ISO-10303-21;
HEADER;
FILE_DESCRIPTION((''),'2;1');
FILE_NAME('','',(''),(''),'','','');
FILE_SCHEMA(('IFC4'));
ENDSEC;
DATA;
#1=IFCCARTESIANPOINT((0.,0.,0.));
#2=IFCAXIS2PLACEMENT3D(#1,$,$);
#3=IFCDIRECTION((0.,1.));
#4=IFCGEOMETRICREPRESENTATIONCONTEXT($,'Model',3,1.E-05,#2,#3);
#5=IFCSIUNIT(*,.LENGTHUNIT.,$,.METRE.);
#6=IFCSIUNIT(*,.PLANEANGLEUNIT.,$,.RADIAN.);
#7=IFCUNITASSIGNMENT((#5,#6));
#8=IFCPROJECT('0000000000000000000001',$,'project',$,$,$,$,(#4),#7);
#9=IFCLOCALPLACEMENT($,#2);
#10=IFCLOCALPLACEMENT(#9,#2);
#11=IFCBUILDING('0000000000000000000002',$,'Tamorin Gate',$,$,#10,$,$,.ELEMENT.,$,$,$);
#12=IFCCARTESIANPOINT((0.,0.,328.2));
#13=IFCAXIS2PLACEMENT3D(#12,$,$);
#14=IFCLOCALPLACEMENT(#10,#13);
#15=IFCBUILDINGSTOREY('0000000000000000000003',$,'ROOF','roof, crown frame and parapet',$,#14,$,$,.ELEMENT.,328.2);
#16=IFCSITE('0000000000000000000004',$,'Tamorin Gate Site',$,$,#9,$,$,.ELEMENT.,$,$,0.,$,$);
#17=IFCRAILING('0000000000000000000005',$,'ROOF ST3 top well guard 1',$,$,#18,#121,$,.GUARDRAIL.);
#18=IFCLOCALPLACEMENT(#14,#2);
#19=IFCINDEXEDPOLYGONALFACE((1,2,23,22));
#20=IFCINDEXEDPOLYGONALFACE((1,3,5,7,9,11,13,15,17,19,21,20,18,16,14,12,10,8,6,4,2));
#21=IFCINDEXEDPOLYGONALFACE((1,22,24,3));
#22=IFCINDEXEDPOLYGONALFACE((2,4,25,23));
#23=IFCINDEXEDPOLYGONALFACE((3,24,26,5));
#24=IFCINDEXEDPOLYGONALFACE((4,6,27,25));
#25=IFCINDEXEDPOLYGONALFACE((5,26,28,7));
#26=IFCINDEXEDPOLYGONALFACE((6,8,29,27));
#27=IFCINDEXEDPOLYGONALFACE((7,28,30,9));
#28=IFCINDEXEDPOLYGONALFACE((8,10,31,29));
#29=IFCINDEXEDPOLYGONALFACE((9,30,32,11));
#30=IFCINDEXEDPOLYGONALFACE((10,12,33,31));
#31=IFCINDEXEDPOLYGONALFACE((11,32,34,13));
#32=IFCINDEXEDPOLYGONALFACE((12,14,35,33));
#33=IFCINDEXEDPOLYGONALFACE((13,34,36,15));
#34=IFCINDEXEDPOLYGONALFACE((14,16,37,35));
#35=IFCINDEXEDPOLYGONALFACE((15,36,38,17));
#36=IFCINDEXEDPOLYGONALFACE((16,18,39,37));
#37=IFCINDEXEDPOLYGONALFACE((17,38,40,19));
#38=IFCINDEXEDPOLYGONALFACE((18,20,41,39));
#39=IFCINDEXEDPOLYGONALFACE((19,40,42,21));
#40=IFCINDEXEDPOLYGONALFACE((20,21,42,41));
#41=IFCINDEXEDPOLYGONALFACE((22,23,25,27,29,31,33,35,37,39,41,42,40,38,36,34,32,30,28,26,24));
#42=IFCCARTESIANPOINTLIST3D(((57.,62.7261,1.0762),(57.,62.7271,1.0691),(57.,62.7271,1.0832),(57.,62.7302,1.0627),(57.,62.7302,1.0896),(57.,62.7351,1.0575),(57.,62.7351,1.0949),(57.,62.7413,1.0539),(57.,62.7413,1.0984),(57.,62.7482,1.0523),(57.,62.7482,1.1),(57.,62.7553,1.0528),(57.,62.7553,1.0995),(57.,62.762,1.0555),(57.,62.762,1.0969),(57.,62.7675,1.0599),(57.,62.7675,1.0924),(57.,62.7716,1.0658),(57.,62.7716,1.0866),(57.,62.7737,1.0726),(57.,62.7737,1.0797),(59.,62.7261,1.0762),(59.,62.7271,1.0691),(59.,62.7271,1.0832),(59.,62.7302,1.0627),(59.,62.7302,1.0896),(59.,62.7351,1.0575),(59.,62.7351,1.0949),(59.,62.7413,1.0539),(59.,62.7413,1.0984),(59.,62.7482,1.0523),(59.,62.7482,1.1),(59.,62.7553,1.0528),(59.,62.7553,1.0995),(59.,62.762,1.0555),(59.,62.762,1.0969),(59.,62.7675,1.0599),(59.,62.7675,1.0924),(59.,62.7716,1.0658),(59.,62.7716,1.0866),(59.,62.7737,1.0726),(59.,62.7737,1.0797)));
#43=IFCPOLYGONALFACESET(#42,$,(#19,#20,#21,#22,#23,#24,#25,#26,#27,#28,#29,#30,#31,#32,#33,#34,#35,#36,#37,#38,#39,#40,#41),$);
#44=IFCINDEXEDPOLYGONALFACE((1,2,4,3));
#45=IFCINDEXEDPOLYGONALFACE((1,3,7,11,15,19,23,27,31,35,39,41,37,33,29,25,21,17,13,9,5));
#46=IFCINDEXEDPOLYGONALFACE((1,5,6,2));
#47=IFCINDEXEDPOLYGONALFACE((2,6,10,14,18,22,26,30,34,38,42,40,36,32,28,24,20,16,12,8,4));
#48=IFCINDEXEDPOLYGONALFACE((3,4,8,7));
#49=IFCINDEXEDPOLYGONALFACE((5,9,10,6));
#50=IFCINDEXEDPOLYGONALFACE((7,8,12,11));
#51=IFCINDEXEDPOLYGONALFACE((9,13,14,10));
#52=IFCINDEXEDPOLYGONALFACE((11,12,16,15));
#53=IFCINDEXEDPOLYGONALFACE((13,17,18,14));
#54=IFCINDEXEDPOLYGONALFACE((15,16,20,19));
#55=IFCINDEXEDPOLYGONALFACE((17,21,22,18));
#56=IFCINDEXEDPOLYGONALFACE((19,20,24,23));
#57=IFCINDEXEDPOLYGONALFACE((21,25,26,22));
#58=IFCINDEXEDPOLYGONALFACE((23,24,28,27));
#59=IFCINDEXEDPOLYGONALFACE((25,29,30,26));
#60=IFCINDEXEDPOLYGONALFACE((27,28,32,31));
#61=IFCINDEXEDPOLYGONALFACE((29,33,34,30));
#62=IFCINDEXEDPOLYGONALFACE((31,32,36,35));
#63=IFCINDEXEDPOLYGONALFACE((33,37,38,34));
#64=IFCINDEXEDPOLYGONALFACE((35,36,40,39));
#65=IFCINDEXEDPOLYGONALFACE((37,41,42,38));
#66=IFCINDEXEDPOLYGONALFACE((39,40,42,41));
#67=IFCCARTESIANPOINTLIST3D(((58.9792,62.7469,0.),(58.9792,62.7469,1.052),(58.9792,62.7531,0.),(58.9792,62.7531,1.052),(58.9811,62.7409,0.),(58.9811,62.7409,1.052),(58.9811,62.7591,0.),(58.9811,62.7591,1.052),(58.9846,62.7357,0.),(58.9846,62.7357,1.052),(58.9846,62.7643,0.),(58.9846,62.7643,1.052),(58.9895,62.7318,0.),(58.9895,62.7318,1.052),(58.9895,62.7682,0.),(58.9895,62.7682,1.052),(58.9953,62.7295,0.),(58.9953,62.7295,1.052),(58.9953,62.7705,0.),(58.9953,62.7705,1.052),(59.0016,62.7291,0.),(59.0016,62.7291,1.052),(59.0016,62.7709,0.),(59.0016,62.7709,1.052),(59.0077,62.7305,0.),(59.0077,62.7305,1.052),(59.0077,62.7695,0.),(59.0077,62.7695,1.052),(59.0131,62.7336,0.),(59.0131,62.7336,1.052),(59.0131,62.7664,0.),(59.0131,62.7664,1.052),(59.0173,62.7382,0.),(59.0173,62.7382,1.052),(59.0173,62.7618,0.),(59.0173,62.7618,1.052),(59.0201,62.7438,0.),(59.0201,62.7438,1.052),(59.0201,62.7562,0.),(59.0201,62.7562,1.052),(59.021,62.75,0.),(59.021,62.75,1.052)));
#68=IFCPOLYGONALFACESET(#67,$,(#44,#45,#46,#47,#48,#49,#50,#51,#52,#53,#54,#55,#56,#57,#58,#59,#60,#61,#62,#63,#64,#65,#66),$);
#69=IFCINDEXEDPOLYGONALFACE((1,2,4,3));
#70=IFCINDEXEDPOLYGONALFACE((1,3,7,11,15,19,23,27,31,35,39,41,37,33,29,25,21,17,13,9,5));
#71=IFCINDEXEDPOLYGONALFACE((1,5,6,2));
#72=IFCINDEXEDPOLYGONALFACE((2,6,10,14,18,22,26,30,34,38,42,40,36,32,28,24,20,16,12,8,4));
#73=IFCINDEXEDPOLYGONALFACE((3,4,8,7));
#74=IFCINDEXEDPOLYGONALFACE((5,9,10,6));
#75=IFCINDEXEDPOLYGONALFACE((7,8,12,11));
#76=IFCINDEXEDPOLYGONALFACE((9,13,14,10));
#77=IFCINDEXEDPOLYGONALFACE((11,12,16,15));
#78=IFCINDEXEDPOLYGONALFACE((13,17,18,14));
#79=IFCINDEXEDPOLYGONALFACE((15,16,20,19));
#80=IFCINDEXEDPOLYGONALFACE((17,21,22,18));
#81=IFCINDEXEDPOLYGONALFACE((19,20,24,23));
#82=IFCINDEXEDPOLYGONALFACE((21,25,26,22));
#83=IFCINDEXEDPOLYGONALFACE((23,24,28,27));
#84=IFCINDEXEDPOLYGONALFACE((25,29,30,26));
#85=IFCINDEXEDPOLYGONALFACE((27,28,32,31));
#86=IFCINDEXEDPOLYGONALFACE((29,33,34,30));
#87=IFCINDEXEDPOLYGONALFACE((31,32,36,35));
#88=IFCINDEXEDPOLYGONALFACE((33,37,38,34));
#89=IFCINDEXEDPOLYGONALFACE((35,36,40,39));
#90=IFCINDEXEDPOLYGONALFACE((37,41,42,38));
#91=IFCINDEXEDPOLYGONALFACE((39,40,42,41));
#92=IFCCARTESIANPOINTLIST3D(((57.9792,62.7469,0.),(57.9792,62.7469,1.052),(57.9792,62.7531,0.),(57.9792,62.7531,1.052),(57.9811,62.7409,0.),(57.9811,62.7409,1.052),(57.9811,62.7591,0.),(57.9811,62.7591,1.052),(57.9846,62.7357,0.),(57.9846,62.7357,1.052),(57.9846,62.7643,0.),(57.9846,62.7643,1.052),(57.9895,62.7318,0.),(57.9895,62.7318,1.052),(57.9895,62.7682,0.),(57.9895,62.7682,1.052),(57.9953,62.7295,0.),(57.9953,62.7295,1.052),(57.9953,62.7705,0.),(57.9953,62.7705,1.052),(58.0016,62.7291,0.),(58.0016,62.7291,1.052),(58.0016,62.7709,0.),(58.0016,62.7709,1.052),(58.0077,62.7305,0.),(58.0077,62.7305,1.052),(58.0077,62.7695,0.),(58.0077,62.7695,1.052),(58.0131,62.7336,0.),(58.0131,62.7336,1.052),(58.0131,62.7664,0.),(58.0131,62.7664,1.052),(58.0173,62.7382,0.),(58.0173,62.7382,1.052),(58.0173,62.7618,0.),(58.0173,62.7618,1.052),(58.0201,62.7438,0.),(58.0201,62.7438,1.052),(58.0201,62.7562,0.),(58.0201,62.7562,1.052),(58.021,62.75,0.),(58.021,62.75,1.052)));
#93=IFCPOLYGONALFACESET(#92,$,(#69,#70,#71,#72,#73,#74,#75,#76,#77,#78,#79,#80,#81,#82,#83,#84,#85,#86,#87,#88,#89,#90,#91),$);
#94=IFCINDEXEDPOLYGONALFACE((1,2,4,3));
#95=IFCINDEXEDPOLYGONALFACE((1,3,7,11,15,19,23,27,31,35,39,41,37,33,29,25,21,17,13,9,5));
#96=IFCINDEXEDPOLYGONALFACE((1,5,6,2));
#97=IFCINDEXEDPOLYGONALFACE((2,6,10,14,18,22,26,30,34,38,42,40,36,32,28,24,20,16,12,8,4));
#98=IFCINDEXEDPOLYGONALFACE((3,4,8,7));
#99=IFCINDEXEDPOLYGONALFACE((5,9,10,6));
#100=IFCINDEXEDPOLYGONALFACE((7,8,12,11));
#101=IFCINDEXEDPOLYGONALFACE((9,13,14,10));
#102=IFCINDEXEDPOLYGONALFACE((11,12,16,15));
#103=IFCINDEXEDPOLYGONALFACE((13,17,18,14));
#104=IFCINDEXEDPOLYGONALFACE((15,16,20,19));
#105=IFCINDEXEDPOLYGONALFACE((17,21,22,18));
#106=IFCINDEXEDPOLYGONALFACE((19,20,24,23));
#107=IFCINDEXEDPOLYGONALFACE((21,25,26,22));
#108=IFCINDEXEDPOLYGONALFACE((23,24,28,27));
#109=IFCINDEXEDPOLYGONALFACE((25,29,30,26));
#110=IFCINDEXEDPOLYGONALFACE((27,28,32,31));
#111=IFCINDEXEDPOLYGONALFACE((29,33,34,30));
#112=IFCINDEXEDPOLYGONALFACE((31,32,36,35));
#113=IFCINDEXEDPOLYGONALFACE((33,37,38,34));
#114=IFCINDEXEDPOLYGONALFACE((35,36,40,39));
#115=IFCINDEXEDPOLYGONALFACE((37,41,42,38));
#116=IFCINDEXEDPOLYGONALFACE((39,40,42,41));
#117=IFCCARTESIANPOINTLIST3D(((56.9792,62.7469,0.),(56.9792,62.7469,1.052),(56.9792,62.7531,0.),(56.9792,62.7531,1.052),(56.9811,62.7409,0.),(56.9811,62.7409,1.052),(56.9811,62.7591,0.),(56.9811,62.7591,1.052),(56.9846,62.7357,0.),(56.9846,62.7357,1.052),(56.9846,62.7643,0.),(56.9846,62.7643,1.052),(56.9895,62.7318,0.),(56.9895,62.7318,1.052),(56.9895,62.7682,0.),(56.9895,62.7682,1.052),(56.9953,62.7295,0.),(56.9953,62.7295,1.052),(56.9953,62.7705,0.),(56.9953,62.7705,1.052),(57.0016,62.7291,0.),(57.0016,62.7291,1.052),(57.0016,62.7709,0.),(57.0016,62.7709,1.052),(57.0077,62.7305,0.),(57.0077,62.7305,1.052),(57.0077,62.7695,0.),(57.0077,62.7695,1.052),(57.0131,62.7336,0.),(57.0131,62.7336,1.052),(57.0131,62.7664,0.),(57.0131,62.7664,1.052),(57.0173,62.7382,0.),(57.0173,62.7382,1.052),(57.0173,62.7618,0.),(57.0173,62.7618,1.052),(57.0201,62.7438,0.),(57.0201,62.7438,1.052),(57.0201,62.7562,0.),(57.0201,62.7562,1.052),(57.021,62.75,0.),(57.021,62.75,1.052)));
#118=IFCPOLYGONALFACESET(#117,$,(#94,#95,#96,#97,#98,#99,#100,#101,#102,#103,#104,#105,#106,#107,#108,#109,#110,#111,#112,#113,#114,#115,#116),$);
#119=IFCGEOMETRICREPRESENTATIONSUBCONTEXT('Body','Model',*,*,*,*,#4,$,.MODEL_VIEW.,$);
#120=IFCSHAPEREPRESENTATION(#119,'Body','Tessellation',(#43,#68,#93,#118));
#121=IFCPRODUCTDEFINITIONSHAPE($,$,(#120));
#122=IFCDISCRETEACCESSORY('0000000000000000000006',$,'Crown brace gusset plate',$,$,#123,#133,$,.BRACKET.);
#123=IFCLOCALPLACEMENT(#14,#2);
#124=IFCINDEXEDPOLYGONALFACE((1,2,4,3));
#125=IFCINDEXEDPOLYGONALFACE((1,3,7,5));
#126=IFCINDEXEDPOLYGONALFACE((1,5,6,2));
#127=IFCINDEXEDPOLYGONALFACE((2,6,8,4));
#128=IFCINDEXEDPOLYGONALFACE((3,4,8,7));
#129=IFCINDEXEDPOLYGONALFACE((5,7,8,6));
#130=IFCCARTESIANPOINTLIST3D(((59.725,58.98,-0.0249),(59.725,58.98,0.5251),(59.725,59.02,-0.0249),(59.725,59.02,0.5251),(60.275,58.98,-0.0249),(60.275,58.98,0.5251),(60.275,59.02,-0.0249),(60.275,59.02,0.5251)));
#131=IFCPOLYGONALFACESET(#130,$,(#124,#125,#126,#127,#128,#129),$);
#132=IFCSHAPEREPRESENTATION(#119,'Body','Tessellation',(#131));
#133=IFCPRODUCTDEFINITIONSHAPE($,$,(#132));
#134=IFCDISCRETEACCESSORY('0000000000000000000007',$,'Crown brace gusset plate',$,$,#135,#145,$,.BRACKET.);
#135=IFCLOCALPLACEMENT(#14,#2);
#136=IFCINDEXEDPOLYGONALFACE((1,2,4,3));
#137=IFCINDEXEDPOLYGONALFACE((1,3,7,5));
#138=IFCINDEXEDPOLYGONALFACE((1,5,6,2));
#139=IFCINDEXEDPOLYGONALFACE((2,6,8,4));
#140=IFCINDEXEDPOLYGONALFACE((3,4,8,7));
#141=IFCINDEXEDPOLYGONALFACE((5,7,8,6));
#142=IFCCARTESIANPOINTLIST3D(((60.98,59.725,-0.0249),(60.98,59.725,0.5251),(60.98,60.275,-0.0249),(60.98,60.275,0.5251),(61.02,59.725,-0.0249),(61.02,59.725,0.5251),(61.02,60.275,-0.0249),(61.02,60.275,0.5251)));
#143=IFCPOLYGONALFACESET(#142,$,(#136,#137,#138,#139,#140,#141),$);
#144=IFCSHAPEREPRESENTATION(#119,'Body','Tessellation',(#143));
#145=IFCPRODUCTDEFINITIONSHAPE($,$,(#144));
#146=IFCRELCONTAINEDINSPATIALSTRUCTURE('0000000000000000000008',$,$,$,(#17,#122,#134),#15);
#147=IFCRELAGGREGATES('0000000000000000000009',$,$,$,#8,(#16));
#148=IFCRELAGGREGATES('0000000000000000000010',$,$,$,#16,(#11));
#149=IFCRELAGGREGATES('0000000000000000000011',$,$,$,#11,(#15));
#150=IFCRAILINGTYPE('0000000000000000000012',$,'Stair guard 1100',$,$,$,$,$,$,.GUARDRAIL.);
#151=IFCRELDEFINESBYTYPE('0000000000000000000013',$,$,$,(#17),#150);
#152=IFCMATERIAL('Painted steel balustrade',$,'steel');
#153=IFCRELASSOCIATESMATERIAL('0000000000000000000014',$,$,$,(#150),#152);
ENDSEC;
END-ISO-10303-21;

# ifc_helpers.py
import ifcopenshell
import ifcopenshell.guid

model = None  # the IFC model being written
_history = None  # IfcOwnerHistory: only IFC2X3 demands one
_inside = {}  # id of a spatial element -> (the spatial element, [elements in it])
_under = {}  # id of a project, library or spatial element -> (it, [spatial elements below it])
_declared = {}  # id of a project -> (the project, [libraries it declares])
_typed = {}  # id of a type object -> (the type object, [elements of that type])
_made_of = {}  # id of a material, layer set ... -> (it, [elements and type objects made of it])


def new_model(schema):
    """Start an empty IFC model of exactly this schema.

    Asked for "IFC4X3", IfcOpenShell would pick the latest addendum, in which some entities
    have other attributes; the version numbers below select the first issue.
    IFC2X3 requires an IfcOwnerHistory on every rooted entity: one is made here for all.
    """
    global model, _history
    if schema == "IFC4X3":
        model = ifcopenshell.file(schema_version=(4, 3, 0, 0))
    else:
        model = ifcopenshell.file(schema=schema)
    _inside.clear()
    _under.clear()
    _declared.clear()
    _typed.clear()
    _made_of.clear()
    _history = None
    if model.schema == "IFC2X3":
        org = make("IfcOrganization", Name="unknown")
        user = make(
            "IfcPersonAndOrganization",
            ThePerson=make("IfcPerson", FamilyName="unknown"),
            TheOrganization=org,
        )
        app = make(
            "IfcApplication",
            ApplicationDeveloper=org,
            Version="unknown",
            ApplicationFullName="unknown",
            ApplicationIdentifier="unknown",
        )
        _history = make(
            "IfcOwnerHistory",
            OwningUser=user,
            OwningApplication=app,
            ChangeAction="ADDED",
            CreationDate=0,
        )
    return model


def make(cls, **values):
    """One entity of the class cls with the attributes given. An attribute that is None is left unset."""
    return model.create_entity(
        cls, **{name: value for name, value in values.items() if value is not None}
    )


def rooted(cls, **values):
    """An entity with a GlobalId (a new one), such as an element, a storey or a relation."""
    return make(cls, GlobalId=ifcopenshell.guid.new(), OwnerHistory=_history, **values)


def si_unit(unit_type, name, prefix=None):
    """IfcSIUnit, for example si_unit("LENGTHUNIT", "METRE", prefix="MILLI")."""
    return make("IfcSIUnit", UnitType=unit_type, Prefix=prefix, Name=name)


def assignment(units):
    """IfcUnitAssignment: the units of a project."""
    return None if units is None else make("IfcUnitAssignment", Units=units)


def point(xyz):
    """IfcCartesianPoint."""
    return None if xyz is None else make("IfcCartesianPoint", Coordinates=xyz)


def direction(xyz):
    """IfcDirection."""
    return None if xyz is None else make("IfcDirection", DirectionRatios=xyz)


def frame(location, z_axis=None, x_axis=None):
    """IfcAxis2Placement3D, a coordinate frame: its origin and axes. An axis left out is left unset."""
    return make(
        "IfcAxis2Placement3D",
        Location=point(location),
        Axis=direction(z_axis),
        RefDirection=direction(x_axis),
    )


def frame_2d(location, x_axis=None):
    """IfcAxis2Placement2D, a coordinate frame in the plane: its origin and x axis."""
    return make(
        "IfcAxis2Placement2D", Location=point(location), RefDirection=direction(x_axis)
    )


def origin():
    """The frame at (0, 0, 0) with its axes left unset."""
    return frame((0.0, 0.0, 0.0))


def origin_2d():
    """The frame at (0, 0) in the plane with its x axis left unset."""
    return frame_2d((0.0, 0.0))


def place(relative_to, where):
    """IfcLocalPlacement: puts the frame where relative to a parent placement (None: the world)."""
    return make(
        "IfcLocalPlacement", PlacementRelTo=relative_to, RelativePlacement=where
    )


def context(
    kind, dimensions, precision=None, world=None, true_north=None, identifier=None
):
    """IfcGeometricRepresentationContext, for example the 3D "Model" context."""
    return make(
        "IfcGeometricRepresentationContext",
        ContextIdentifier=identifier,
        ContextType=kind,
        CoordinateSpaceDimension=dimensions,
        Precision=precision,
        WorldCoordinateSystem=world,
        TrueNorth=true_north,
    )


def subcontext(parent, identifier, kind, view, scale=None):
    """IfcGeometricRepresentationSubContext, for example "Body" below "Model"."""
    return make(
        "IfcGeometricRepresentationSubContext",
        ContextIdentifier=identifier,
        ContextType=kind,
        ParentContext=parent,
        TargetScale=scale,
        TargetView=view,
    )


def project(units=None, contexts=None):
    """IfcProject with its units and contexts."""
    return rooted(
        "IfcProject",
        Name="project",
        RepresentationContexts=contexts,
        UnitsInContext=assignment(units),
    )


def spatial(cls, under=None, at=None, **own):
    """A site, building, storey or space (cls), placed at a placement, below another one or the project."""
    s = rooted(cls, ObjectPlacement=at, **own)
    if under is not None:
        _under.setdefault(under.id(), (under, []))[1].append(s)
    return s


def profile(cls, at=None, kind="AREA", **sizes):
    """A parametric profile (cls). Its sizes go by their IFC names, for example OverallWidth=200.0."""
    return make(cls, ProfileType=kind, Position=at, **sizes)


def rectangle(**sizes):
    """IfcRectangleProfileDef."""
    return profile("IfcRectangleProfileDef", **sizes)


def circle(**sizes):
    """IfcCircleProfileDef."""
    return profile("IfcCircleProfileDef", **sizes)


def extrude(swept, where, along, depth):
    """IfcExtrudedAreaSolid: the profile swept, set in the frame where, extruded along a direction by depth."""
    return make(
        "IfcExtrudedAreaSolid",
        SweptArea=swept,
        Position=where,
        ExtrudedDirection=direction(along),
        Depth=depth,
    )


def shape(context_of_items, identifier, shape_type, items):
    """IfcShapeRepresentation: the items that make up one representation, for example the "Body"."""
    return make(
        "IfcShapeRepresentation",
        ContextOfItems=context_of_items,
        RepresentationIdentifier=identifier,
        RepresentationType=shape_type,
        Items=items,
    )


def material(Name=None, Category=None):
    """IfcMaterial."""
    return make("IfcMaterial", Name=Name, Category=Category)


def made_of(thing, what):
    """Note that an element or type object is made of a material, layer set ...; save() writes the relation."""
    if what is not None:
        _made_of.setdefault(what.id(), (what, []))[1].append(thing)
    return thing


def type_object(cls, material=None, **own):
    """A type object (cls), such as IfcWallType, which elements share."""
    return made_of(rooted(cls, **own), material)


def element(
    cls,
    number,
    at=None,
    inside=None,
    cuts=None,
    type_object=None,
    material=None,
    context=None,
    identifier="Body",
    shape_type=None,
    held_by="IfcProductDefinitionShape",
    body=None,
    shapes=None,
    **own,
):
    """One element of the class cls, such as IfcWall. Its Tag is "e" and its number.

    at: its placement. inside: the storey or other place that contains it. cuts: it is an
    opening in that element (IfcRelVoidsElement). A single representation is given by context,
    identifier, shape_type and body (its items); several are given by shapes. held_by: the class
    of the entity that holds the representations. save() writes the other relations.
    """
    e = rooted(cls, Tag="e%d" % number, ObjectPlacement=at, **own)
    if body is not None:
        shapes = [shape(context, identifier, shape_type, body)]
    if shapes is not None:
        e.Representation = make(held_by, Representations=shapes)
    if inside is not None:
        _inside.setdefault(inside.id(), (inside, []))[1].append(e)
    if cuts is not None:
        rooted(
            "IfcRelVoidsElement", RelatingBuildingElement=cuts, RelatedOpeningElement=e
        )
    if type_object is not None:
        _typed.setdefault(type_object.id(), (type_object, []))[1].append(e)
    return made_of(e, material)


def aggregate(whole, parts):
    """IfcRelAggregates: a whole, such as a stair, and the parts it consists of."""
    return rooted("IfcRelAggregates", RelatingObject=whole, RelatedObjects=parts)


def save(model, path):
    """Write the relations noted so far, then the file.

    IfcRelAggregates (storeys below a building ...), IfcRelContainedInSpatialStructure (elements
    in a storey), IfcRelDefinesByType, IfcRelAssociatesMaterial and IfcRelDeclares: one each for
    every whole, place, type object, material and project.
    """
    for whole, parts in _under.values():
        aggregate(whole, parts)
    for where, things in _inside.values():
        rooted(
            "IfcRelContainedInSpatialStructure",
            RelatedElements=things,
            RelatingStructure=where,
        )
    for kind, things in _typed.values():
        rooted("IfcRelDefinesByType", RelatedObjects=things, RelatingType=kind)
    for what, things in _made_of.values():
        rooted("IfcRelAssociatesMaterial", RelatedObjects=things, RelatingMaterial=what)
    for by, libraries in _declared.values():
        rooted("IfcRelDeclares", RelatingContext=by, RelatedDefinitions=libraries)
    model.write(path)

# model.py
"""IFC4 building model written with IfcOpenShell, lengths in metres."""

from ifc_helpers import new_model, si_unit, direction, frame, origin, origin_2d, place, context, subcontext, project, spatial, rectangle, circle, extrude, material, type_object, element, save


model = new_model("IFC4")

# Units and contexts
model_context = context("Model", 3, precision=1e-05, world=origin(), true_north=direction((0.0, 1.0)))
body_context = subcontext(model_context, "Body", "Model", "MODEL_VIEW")
ifc_project = project(units=[si_unit("LENGTHUNIT", "METRE"), si_unit("PLANEANGLEUNIT", "RADIAN")], contexts=[model_context])

# Site, building, storey
site_placement = place(None, origin())
site = spatial("IfcSite", under=ifc_project, at=site_placement, Name="Tamorin Gate Site", CompositionType="ELEMENT", RefElevation=0.0)
building_placement = place(site_placement, origin())
building = spatial("IfcBuilding", under=site, at=building_placement, Name="Tamorin Gate", CompositionType="ELEMENT")
storey_placement = place(building_placement, frame((0.0, 0.0, 328.2)))
storey = spatial("IfcBuildingStorey", under=building, at=storey_placement, Name="ROOF", Description="roof, crown frame and parapet", CompositionType="ELEMENT", Elevation=328.2)

# Railing
ifc_material_1 = material(Name="Painted steel balustrade", Category="steel")
railing_type = type_object("IfcRailingType", Name="Stair guard 1100", PredefinedType="GUARDRAIL", material=ifc_material_1)
railing_1_placement = place(storey_placement, frame((59.0, 62.75, 0.0)))
element("IfcRailing", 1, at=railing_1_placement, inside=storey, type_object=railing_type, Name="ROOF ST3 top well guard 1", PredefinedType="GUARDRAIL", context=body_context, shape_type="SweptSolid", body=[
    extrude(circle(Radius=0.0239, at=origin_2d()), frame((0.0, 0.0, 1.0762), z_axis=(-1.0, 0.0, 0.0), x_axis=(0.0, -1.0, 0.0)), (0.0, 0.0, 1.0), 2.0),
    extrude(circle(Radius=0.021, at=origin_2d()), origin(), (0.0, 0.0, 1.0), 1.052),
    extrude(circle(Radius=0.021, at=origin_2d()), frame((-1.0, 0.0, 0.0)), (0.0, 0.0, 1.0), 1.052),
    extrude(circle(Radius=0.021, at=origin_2d()), frame((-2.0, 0.0, 0.0)), (0.0, 0.0, 1.0), 1.052),
])

# Discrete accessories
for number, where, z_axis, x_axis, name in (
    (2, (60.0, 59.0, -0.0249), (0.0, 0.0, 1.0), (0.0, 1.0, 0.0), "Crown brace gusset plate"),
    (3, (61.0, 60.0, -0.0249), (0.0, 0.0, 1.0), (1.0, 0.0, 0.0), "Crown brace gusset plate"),
):
    element("IfcDiscreteAccessory", number, at=place(storey_placement, frame(where, z_axis=z_axis, x_axis=x_axis)), inside=storey, Name=name, PredefinedType="BRACKET", context=body_context, shape_type="SweptSolid", body=[
        extrude(rectangle(XDim=0.04, YDim=0.55, at=origin_2d()), origin(), (0.0, 0.0, 1.0), 0.55),
    ])

save(model, "model.ifc")
